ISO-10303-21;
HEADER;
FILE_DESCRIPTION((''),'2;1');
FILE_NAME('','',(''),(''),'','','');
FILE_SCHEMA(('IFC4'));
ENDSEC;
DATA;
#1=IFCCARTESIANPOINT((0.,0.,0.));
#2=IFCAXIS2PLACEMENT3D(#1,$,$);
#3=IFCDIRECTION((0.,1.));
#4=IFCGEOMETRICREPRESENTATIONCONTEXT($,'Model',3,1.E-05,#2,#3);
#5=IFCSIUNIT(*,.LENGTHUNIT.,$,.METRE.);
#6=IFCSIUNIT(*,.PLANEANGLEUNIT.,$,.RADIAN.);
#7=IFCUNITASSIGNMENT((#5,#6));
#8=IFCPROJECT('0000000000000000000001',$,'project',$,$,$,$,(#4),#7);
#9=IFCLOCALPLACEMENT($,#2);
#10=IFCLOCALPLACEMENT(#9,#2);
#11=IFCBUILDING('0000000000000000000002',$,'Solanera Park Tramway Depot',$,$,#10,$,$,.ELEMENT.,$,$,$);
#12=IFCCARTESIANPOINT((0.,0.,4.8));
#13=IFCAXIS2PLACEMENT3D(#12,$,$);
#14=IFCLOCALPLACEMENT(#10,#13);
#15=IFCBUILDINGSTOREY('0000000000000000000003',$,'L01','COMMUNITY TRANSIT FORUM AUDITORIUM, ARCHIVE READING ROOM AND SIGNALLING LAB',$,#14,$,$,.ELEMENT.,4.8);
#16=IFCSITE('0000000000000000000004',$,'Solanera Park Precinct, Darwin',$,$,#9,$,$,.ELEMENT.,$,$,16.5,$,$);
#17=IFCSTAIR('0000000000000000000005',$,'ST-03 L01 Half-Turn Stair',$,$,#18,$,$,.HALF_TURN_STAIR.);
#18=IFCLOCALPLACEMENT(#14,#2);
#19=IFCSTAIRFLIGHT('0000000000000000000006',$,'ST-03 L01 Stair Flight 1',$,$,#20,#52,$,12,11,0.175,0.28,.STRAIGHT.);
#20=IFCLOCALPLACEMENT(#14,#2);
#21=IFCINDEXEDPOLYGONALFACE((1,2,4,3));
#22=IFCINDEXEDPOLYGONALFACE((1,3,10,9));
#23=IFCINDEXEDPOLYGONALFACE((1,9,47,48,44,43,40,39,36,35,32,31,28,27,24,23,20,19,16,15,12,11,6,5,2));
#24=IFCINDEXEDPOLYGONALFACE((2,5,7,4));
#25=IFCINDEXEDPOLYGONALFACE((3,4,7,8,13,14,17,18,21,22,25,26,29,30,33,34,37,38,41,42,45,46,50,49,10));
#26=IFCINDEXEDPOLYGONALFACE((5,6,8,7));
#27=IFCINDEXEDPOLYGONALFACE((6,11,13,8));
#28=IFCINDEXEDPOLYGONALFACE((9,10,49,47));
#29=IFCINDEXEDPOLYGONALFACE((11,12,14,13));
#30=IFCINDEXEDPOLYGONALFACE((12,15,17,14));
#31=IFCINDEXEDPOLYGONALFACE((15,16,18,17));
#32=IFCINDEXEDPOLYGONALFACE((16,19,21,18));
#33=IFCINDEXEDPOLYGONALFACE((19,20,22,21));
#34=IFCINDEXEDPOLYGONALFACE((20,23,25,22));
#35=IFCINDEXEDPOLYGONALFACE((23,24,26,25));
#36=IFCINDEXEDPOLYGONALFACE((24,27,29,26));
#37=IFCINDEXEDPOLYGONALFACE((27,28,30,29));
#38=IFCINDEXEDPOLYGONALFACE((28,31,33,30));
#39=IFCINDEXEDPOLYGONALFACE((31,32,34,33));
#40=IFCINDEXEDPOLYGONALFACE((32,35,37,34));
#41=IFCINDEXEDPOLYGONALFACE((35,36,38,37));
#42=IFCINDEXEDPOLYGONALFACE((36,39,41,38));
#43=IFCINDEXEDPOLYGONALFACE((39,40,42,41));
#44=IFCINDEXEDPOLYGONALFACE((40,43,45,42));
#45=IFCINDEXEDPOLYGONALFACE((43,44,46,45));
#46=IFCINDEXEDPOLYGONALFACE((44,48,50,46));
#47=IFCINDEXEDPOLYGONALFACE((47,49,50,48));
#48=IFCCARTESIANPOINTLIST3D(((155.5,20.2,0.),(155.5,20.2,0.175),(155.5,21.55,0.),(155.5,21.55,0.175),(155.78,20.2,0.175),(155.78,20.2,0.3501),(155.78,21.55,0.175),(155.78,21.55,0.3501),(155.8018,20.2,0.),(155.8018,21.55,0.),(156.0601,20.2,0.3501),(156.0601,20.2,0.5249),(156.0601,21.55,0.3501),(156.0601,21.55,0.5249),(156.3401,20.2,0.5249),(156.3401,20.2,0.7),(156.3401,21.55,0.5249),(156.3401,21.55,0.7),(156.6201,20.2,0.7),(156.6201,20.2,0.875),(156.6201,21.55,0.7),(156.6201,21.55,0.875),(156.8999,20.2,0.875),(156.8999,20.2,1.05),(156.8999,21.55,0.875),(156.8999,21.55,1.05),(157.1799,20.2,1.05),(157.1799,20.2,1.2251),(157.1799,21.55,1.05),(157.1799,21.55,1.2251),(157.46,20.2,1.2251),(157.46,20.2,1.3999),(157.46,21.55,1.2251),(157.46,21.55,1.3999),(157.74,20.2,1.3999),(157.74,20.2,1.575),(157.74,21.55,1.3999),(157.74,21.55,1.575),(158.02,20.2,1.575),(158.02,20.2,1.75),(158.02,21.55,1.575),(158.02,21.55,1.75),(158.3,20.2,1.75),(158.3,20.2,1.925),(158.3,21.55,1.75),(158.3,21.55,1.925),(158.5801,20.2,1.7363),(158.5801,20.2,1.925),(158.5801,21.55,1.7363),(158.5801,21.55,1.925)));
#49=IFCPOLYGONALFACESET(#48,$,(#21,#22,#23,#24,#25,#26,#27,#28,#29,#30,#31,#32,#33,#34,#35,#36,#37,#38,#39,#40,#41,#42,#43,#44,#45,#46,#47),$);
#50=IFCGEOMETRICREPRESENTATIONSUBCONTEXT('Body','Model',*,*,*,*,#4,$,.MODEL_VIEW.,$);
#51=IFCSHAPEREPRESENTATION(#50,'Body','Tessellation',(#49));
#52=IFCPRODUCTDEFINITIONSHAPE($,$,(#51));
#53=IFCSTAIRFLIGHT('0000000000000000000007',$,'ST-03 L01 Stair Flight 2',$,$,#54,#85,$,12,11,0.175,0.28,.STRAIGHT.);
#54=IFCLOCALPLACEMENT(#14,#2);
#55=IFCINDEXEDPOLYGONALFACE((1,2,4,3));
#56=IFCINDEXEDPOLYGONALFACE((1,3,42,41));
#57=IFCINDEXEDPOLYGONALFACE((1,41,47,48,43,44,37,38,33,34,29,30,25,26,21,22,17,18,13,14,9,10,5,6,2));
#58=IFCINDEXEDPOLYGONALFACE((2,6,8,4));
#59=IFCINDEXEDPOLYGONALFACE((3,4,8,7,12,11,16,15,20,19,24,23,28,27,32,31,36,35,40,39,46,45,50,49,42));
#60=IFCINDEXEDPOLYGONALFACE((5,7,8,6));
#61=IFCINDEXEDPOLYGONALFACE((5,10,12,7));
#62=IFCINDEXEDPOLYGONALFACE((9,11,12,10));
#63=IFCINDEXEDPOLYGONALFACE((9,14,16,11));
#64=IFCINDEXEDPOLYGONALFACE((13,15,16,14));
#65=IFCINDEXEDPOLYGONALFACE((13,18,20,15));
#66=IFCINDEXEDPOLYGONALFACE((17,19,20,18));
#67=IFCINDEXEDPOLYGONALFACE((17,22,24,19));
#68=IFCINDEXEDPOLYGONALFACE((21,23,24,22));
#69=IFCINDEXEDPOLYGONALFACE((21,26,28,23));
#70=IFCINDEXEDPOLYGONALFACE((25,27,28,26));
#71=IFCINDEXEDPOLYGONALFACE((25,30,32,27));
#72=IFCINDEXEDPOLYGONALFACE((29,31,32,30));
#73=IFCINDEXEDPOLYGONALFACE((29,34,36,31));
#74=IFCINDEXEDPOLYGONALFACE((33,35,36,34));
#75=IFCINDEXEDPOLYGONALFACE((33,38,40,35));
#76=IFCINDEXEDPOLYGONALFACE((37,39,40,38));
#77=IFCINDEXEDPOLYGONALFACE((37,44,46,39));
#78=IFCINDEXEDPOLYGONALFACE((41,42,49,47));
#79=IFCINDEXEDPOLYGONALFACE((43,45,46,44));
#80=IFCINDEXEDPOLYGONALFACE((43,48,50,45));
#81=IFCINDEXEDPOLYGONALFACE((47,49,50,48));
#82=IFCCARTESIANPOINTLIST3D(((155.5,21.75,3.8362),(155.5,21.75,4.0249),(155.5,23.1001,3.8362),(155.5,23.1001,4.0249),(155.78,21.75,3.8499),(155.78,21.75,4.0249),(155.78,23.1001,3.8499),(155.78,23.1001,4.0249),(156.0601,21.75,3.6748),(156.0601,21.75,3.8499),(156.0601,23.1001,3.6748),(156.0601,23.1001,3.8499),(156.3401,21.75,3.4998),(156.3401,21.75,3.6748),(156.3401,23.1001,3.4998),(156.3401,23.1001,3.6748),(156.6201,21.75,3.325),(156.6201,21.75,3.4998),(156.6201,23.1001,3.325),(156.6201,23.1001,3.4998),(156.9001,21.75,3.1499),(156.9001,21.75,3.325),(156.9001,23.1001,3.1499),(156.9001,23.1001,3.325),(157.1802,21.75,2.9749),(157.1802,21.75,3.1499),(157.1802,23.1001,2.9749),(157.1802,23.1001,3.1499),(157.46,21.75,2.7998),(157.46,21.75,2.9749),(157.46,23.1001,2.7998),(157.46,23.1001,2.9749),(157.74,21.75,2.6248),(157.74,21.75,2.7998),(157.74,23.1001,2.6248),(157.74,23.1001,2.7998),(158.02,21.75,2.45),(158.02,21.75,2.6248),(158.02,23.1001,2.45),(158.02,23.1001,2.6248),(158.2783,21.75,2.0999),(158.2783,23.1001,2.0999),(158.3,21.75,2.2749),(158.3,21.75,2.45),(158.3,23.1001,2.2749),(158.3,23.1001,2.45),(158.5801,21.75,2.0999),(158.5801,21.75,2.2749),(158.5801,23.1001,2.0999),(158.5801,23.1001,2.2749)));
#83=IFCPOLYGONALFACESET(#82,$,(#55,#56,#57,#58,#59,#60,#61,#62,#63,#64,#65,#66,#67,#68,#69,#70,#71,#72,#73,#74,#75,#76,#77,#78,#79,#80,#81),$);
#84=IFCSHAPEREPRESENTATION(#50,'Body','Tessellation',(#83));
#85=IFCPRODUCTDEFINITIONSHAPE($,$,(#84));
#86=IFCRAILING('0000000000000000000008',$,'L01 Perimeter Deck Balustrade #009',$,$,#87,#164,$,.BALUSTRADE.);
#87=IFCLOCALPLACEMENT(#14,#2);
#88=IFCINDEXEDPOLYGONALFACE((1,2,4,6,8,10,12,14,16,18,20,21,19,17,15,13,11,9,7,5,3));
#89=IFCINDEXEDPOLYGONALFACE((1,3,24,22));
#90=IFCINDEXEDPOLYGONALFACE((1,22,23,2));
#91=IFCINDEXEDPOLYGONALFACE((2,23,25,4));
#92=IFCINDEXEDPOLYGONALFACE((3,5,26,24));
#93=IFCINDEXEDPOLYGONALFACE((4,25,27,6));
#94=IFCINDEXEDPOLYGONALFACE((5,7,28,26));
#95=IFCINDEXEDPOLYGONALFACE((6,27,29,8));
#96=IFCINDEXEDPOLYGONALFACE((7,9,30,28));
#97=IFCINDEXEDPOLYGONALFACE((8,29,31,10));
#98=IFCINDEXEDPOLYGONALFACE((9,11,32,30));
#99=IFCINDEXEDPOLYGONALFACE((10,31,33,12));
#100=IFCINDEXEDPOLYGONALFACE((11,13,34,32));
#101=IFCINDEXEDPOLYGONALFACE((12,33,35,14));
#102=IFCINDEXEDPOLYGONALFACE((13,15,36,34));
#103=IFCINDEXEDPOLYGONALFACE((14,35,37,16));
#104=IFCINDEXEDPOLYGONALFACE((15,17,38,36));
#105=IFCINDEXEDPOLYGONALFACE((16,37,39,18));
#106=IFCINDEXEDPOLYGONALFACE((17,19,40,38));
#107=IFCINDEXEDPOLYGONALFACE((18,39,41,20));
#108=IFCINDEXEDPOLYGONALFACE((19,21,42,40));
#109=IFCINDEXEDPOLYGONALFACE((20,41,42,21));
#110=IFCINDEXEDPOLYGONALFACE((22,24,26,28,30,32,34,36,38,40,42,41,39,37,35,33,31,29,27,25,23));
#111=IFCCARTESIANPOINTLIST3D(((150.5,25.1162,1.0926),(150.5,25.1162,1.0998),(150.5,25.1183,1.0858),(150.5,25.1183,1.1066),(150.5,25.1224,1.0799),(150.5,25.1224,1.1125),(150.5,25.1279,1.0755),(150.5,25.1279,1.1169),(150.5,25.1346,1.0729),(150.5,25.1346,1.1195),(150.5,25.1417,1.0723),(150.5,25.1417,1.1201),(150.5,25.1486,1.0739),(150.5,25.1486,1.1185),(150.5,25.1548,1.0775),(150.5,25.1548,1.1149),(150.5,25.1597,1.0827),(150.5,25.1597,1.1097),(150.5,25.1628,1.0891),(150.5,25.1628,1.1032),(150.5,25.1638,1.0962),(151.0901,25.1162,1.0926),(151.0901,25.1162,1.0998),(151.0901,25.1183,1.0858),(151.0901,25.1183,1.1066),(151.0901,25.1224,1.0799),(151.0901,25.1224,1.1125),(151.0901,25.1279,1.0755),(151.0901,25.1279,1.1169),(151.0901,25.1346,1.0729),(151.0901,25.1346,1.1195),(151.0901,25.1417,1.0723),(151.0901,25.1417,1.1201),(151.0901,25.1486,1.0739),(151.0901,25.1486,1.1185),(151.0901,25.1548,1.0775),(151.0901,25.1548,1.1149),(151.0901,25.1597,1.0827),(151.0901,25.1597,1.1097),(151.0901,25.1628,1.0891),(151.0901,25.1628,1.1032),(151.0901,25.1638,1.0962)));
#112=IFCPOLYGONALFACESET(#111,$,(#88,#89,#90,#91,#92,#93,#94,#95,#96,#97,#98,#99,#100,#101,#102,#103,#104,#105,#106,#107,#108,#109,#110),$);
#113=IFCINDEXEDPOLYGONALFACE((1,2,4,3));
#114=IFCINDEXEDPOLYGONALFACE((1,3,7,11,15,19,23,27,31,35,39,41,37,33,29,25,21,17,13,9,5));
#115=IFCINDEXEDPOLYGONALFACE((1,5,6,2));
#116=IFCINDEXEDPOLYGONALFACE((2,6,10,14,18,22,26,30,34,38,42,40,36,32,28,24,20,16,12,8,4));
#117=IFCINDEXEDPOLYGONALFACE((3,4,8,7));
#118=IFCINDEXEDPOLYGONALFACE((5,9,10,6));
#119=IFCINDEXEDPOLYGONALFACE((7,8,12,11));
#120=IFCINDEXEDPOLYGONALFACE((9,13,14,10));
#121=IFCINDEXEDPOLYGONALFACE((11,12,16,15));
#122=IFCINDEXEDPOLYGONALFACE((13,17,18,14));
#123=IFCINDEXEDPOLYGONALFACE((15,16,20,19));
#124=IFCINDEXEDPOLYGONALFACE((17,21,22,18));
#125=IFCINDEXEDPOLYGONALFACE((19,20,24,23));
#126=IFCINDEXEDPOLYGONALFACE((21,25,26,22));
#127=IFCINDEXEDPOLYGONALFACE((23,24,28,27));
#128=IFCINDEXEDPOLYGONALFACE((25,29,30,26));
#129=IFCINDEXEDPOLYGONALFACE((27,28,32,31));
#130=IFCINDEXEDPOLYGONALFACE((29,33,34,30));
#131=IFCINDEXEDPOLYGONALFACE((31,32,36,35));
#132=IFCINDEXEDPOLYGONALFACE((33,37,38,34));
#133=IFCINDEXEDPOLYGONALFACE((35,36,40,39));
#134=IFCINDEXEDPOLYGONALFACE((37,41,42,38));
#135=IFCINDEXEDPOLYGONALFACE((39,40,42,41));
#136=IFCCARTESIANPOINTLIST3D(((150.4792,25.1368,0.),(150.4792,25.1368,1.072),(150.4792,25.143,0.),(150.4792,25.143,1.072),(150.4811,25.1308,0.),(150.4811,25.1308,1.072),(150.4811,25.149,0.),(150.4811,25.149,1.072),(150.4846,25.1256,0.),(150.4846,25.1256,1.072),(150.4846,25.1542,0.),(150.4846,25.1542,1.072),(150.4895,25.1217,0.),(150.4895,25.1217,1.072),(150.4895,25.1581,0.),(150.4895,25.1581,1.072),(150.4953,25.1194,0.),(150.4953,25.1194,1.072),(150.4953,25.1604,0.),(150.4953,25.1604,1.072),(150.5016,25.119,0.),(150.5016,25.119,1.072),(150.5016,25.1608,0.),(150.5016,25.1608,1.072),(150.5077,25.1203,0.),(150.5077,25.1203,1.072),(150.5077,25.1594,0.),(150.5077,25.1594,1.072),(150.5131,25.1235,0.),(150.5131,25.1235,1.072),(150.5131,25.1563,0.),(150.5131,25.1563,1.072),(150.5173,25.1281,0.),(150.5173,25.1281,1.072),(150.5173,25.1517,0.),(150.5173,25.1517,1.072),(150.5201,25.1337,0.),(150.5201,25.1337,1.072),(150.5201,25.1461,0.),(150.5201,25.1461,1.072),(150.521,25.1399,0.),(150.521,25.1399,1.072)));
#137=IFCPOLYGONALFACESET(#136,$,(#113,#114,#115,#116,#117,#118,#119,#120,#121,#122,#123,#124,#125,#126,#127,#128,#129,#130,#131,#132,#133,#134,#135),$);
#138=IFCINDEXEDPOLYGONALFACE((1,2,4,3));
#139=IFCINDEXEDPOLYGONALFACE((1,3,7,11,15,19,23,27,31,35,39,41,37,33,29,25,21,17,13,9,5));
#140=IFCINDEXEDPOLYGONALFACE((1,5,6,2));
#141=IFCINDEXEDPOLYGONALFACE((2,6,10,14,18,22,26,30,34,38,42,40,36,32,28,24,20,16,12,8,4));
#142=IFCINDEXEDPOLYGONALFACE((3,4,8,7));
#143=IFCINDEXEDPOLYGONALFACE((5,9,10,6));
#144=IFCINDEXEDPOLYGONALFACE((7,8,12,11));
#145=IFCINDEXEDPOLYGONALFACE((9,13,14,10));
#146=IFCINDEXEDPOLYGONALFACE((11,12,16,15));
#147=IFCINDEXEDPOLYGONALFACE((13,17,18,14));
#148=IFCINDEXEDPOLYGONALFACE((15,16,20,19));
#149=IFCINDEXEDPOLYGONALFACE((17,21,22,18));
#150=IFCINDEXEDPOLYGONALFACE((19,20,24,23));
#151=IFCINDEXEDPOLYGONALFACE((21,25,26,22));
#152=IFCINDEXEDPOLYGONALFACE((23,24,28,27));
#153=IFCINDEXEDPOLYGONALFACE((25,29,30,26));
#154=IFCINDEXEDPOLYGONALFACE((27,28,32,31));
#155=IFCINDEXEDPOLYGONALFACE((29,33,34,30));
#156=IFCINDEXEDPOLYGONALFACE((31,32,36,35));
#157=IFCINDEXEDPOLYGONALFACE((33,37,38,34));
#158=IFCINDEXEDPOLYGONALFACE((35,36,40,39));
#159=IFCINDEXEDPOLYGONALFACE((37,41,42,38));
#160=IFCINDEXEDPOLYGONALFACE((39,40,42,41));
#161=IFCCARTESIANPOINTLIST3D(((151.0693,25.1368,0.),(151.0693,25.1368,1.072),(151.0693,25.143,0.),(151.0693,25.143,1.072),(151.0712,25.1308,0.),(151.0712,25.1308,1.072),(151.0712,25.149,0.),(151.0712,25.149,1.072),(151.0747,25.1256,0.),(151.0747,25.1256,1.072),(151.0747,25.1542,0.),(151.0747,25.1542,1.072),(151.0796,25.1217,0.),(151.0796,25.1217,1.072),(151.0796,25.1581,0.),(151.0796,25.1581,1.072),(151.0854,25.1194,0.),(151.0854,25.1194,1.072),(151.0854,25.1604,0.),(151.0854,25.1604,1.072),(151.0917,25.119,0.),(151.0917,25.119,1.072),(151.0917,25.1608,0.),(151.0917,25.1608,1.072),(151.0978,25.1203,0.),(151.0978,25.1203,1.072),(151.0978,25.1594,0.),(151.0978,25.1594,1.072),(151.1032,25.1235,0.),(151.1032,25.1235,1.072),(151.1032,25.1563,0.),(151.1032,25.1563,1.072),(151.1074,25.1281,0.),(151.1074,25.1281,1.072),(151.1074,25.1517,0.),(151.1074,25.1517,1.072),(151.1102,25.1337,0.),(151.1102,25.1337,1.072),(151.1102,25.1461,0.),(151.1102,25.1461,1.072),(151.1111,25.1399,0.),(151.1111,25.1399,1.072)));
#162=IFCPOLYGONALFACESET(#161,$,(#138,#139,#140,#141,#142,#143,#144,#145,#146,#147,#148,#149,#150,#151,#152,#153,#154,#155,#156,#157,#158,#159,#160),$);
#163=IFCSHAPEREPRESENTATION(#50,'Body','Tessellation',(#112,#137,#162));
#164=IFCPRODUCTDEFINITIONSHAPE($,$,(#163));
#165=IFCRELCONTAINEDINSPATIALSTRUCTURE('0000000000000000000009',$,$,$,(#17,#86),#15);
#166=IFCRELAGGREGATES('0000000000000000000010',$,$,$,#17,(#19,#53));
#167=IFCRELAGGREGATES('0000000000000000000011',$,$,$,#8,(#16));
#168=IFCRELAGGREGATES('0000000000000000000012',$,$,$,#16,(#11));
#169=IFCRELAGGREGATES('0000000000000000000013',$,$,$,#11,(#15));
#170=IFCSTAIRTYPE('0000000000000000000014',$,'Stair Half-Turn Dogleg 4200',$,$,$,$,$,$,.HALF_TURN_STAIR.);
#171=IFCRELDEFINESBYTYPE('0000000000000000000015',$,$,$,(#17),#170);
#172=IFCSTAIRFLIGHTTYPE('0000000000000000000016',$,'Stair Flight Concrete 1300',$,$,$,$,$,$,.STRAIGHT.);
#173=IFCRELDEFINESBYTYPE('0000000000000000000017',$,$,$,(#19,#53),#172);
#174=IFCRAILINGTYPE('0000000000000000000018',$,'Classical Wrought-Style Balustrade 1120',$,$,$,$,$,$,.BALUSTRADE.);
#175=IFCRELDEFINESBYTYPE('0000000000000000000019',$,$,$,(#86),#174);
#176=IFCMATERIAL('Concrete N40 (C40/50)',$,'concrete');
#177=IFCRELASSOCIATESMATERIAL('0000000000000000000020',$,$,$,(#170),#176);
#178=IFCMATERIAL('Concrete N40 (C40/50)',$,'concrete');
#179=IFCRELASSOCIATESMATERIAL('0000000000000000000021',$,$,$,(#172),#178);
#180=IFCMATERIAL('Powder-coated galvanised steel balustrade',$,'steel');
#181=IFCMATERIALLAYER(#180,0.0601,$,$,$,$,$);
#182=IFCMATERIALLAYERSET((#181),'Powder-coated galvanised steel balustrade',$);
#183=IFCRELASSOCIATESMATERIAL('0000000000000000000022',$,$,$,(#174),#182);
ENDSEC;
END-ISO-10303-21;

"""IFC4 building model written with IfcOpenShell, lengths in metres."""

from ifc_helpers import new_model, si_unit, direction, frame, origin, origin_2d, place, context, subcontext, project, spatial, polyline, circle, outline, extrude, material, layer, layer_set, type_object, element, aggregate, save


model = new_model("IFC4")

# Units and contexts
model_context = context("Model", 3, precision=1e-05, world=origin(), true_north=direction((0.0, 1.0)))
body_context = subcontext(model_context, "Body", "Model", "MODEL_VIEW")
ifc_project = project(units=[si_unit("LENGTHUNIT", "METRE"), si_unit("PLANEANGLEUNIT", "RADIAN")], contexts=[model_context])

# Site, building, storey
site_placement = place(None, origin())
site = spatial("IfcSite", under=ifc_project, at=site_placement, Name="Solanera Park Precinct, Darwin", CompositionType="ELEMENT", RefElevation=16.5)
building_placement = place(site_placement, origin())
building = spatial("IfcBuilding", under=site, at=building_placement, Name="Solanera Park Tramway Depot", CompositionType="ELEMENT")
storey_placement = place(building_placement, frame((0.0, 0.0, 4.8)))
storey = spatial("IfcBuildingStorey", under=building, at=storey_placement, Name="L01", Description="COMMUNITY TRANSIT FORUM AUDITORIUM, ARCHIVE READING ROOM AND SIGNALLING LAB", CompositionType="ELEMENT", Elevation=4.8)

# Stair, stair flights
ifc_material_1 = material(Name="Concrete N40 (C40/50)", Category="concrete")
stair_type = type_object("IfcStairType", Name="Stair Half-Turn Dogleg 4200", PredefinedType="HALF_TURN_STAIR", material=ifc_material_1)
stair_placement = place(storey_placement, origin())
stair = element("IfcStair", 1, at=stair_placement, inside=storey, type_object=stair_type, Name="ST-03 L01 Half-Turn Stair", PredefinedType="HALF_TURN_STAIR")
ifc_material_2 = material(Name="Concrete N40 (C40/50)", Category="concrete")
stair_flight_type = type_object("IfcStairFlightType", Name="Stair Flight Concrete 1300", PredefinedType="STRAIGHT", material=ifc_material_2)
stair_flight_1_placement = place(storey_placement, frame((155.5, 20.875, 0.0), z_axis=(0.0, 0.0, 1.0), x_axis=(1.0, 0.0, 0.0)))
stair_flight_1 = element("IfcStairFlight", 2, at=stair_flight_1_placement, type_object=stair_flight_type, Name="ST-03 L01 Stair Flight 1", NumberOfRisers=12, NumberOfTreads=11, PredefinedType="STRAIGHT", RiserHeight=0.175, TreadLength=0.28, context=body_context, shape_type="SweptSolid", body=[
    extrude(outline(polyline([(0.0, 0.0), (0.0, 0.175), (0.28, 0.175), (0.28, 0.3501), (0.5601, 0.3501), (0.5601, 0.5249), (0.8401, 0.5249), (0.8401, 0.7), (1.1201, 0.7), (1.1201, 0.875), (1.3999, 0.875), (1.3999, 1.05), (1.6799, 1.05), (1.6799, 1.2251), (1.96, 1.2251), (1.96, 1.3999), (2.24, 1.3999), (2.24, 1.575), (2.52, 1.575), (2.52, 1.75), (2.8, 1.75), (2.8, 1.925), (3.0801, 1.925), (3.0801, 2.1001), (3.0801, 1.7363), (0.3018, 0.0), (0.0, 0.0)])), frame((0.0, 0.675, 0.0), z_axis=(0.0, -1.0, 0.0), x_axis=(1.0, 0.0, 0.0)), (0.0, 0.0, 1.0), 1.3501),
])
stair_flight_2_placement = place(storey_placement, frame((158.5801, 22.425, 2.0999), z_axis=(0.0, 0.0, 1.0), x_axis=(-1.0, 0.0, 0.0)))
stair_flight_2 = element("IfcStairFlight", 3, at=stair_flight_2_placement, type_object=stair_flight_type, Name="ST-03 L01 Stair Flight 2", NumberOfRisers=12, NumberOfTreads=11, PredefinedType="STRAIGHT", RiserHeight=0.175, TreadLength=0.28, context=body_context, shape_type="SweptSolid", body=[
    extrude(outline(polyline([(0.0, 0.0), (0.0, 0.175), (0.28, 0.175), (0.28, 0.3501), (0.5601, 0.3501), (0.5601, 0.5249), (0.8401, 0.5249), (0.8401, 0.7), (1.1201, 0.7), (1.1201, 0.875), (1.3999, 0.875), (1.3999, 1.05), (1.6799, 1.05), (1.6799, 1.2251), (1.96, 1.2251), (1.96, 1.3999), (2.24, 1.3999), (2.24, 1.575), (2.52, 1.575), (2.52, 1.75), (2.8, 1.75), (2.8, 1.925), (3.0801, 1.925), (3.0801, 2.1001), (3.0801, 1.7363), (0.3018, 0.0), (0.0, 0.0)])), frame((0.0, 0.675, 0.0), z_axis=(0.0, -1.0, 0.0), x_axis=(1.0, 0.0, 0.0)), (0.0, 0.0, 1.0), 1.3501),
])
aggregate(stair, [stair_flight_1, stair_flight_2])

# Railing
ifc_material_3 = material(Name="Powder-coated galvanised steel balustrade", Category="steel")
ifc_layer_1 = layer(ifc_material_3, 0.0601)
ifc_layer_set_1 = layer_set([ifc_layer_1], Name="Powder-coated galvanised steel balustrade")
railing_type_1 = type_object("IfcRailingType", Name="Classical Wrought-Style Balustrade 1120", PredefinedType="BALUSTRADE", material=ifc_layer_set_1)
railing_1_placement = place(storey_placement, frame((150.5, 25.1399, 0.0)))
element("IfcRailing", 4, at=railing_1_placement, inside=storey, type_object=railing_type_1, Name="L01 Perimeter Deck Balustrade #009", PredefinedType="BALUSTRADE", context=body_context, shape_type="SweptSolid", body=[
    extrude(circle(Radius=0.0239, at=origin_2d()), frame((0.0, 0.0, 1.0962), z_axis=(1.0, 0.0, 0.0), x_axis=(0.0, 1.0, 0.0)), (0.0, 0.0, 1.0), 0.5901),
    extrude(circle(Radius=0.021, at=origin_2d()), origin(), (0.0, 0.0, 1.0), 1.072),
    extrude(circle(Radius=0.021, at=origin_2d()), frame((0.5901, 0.0, 0.0)), (0.0, 0.0, 1.0), 1.072),
])

save(model, "model.ifc")
